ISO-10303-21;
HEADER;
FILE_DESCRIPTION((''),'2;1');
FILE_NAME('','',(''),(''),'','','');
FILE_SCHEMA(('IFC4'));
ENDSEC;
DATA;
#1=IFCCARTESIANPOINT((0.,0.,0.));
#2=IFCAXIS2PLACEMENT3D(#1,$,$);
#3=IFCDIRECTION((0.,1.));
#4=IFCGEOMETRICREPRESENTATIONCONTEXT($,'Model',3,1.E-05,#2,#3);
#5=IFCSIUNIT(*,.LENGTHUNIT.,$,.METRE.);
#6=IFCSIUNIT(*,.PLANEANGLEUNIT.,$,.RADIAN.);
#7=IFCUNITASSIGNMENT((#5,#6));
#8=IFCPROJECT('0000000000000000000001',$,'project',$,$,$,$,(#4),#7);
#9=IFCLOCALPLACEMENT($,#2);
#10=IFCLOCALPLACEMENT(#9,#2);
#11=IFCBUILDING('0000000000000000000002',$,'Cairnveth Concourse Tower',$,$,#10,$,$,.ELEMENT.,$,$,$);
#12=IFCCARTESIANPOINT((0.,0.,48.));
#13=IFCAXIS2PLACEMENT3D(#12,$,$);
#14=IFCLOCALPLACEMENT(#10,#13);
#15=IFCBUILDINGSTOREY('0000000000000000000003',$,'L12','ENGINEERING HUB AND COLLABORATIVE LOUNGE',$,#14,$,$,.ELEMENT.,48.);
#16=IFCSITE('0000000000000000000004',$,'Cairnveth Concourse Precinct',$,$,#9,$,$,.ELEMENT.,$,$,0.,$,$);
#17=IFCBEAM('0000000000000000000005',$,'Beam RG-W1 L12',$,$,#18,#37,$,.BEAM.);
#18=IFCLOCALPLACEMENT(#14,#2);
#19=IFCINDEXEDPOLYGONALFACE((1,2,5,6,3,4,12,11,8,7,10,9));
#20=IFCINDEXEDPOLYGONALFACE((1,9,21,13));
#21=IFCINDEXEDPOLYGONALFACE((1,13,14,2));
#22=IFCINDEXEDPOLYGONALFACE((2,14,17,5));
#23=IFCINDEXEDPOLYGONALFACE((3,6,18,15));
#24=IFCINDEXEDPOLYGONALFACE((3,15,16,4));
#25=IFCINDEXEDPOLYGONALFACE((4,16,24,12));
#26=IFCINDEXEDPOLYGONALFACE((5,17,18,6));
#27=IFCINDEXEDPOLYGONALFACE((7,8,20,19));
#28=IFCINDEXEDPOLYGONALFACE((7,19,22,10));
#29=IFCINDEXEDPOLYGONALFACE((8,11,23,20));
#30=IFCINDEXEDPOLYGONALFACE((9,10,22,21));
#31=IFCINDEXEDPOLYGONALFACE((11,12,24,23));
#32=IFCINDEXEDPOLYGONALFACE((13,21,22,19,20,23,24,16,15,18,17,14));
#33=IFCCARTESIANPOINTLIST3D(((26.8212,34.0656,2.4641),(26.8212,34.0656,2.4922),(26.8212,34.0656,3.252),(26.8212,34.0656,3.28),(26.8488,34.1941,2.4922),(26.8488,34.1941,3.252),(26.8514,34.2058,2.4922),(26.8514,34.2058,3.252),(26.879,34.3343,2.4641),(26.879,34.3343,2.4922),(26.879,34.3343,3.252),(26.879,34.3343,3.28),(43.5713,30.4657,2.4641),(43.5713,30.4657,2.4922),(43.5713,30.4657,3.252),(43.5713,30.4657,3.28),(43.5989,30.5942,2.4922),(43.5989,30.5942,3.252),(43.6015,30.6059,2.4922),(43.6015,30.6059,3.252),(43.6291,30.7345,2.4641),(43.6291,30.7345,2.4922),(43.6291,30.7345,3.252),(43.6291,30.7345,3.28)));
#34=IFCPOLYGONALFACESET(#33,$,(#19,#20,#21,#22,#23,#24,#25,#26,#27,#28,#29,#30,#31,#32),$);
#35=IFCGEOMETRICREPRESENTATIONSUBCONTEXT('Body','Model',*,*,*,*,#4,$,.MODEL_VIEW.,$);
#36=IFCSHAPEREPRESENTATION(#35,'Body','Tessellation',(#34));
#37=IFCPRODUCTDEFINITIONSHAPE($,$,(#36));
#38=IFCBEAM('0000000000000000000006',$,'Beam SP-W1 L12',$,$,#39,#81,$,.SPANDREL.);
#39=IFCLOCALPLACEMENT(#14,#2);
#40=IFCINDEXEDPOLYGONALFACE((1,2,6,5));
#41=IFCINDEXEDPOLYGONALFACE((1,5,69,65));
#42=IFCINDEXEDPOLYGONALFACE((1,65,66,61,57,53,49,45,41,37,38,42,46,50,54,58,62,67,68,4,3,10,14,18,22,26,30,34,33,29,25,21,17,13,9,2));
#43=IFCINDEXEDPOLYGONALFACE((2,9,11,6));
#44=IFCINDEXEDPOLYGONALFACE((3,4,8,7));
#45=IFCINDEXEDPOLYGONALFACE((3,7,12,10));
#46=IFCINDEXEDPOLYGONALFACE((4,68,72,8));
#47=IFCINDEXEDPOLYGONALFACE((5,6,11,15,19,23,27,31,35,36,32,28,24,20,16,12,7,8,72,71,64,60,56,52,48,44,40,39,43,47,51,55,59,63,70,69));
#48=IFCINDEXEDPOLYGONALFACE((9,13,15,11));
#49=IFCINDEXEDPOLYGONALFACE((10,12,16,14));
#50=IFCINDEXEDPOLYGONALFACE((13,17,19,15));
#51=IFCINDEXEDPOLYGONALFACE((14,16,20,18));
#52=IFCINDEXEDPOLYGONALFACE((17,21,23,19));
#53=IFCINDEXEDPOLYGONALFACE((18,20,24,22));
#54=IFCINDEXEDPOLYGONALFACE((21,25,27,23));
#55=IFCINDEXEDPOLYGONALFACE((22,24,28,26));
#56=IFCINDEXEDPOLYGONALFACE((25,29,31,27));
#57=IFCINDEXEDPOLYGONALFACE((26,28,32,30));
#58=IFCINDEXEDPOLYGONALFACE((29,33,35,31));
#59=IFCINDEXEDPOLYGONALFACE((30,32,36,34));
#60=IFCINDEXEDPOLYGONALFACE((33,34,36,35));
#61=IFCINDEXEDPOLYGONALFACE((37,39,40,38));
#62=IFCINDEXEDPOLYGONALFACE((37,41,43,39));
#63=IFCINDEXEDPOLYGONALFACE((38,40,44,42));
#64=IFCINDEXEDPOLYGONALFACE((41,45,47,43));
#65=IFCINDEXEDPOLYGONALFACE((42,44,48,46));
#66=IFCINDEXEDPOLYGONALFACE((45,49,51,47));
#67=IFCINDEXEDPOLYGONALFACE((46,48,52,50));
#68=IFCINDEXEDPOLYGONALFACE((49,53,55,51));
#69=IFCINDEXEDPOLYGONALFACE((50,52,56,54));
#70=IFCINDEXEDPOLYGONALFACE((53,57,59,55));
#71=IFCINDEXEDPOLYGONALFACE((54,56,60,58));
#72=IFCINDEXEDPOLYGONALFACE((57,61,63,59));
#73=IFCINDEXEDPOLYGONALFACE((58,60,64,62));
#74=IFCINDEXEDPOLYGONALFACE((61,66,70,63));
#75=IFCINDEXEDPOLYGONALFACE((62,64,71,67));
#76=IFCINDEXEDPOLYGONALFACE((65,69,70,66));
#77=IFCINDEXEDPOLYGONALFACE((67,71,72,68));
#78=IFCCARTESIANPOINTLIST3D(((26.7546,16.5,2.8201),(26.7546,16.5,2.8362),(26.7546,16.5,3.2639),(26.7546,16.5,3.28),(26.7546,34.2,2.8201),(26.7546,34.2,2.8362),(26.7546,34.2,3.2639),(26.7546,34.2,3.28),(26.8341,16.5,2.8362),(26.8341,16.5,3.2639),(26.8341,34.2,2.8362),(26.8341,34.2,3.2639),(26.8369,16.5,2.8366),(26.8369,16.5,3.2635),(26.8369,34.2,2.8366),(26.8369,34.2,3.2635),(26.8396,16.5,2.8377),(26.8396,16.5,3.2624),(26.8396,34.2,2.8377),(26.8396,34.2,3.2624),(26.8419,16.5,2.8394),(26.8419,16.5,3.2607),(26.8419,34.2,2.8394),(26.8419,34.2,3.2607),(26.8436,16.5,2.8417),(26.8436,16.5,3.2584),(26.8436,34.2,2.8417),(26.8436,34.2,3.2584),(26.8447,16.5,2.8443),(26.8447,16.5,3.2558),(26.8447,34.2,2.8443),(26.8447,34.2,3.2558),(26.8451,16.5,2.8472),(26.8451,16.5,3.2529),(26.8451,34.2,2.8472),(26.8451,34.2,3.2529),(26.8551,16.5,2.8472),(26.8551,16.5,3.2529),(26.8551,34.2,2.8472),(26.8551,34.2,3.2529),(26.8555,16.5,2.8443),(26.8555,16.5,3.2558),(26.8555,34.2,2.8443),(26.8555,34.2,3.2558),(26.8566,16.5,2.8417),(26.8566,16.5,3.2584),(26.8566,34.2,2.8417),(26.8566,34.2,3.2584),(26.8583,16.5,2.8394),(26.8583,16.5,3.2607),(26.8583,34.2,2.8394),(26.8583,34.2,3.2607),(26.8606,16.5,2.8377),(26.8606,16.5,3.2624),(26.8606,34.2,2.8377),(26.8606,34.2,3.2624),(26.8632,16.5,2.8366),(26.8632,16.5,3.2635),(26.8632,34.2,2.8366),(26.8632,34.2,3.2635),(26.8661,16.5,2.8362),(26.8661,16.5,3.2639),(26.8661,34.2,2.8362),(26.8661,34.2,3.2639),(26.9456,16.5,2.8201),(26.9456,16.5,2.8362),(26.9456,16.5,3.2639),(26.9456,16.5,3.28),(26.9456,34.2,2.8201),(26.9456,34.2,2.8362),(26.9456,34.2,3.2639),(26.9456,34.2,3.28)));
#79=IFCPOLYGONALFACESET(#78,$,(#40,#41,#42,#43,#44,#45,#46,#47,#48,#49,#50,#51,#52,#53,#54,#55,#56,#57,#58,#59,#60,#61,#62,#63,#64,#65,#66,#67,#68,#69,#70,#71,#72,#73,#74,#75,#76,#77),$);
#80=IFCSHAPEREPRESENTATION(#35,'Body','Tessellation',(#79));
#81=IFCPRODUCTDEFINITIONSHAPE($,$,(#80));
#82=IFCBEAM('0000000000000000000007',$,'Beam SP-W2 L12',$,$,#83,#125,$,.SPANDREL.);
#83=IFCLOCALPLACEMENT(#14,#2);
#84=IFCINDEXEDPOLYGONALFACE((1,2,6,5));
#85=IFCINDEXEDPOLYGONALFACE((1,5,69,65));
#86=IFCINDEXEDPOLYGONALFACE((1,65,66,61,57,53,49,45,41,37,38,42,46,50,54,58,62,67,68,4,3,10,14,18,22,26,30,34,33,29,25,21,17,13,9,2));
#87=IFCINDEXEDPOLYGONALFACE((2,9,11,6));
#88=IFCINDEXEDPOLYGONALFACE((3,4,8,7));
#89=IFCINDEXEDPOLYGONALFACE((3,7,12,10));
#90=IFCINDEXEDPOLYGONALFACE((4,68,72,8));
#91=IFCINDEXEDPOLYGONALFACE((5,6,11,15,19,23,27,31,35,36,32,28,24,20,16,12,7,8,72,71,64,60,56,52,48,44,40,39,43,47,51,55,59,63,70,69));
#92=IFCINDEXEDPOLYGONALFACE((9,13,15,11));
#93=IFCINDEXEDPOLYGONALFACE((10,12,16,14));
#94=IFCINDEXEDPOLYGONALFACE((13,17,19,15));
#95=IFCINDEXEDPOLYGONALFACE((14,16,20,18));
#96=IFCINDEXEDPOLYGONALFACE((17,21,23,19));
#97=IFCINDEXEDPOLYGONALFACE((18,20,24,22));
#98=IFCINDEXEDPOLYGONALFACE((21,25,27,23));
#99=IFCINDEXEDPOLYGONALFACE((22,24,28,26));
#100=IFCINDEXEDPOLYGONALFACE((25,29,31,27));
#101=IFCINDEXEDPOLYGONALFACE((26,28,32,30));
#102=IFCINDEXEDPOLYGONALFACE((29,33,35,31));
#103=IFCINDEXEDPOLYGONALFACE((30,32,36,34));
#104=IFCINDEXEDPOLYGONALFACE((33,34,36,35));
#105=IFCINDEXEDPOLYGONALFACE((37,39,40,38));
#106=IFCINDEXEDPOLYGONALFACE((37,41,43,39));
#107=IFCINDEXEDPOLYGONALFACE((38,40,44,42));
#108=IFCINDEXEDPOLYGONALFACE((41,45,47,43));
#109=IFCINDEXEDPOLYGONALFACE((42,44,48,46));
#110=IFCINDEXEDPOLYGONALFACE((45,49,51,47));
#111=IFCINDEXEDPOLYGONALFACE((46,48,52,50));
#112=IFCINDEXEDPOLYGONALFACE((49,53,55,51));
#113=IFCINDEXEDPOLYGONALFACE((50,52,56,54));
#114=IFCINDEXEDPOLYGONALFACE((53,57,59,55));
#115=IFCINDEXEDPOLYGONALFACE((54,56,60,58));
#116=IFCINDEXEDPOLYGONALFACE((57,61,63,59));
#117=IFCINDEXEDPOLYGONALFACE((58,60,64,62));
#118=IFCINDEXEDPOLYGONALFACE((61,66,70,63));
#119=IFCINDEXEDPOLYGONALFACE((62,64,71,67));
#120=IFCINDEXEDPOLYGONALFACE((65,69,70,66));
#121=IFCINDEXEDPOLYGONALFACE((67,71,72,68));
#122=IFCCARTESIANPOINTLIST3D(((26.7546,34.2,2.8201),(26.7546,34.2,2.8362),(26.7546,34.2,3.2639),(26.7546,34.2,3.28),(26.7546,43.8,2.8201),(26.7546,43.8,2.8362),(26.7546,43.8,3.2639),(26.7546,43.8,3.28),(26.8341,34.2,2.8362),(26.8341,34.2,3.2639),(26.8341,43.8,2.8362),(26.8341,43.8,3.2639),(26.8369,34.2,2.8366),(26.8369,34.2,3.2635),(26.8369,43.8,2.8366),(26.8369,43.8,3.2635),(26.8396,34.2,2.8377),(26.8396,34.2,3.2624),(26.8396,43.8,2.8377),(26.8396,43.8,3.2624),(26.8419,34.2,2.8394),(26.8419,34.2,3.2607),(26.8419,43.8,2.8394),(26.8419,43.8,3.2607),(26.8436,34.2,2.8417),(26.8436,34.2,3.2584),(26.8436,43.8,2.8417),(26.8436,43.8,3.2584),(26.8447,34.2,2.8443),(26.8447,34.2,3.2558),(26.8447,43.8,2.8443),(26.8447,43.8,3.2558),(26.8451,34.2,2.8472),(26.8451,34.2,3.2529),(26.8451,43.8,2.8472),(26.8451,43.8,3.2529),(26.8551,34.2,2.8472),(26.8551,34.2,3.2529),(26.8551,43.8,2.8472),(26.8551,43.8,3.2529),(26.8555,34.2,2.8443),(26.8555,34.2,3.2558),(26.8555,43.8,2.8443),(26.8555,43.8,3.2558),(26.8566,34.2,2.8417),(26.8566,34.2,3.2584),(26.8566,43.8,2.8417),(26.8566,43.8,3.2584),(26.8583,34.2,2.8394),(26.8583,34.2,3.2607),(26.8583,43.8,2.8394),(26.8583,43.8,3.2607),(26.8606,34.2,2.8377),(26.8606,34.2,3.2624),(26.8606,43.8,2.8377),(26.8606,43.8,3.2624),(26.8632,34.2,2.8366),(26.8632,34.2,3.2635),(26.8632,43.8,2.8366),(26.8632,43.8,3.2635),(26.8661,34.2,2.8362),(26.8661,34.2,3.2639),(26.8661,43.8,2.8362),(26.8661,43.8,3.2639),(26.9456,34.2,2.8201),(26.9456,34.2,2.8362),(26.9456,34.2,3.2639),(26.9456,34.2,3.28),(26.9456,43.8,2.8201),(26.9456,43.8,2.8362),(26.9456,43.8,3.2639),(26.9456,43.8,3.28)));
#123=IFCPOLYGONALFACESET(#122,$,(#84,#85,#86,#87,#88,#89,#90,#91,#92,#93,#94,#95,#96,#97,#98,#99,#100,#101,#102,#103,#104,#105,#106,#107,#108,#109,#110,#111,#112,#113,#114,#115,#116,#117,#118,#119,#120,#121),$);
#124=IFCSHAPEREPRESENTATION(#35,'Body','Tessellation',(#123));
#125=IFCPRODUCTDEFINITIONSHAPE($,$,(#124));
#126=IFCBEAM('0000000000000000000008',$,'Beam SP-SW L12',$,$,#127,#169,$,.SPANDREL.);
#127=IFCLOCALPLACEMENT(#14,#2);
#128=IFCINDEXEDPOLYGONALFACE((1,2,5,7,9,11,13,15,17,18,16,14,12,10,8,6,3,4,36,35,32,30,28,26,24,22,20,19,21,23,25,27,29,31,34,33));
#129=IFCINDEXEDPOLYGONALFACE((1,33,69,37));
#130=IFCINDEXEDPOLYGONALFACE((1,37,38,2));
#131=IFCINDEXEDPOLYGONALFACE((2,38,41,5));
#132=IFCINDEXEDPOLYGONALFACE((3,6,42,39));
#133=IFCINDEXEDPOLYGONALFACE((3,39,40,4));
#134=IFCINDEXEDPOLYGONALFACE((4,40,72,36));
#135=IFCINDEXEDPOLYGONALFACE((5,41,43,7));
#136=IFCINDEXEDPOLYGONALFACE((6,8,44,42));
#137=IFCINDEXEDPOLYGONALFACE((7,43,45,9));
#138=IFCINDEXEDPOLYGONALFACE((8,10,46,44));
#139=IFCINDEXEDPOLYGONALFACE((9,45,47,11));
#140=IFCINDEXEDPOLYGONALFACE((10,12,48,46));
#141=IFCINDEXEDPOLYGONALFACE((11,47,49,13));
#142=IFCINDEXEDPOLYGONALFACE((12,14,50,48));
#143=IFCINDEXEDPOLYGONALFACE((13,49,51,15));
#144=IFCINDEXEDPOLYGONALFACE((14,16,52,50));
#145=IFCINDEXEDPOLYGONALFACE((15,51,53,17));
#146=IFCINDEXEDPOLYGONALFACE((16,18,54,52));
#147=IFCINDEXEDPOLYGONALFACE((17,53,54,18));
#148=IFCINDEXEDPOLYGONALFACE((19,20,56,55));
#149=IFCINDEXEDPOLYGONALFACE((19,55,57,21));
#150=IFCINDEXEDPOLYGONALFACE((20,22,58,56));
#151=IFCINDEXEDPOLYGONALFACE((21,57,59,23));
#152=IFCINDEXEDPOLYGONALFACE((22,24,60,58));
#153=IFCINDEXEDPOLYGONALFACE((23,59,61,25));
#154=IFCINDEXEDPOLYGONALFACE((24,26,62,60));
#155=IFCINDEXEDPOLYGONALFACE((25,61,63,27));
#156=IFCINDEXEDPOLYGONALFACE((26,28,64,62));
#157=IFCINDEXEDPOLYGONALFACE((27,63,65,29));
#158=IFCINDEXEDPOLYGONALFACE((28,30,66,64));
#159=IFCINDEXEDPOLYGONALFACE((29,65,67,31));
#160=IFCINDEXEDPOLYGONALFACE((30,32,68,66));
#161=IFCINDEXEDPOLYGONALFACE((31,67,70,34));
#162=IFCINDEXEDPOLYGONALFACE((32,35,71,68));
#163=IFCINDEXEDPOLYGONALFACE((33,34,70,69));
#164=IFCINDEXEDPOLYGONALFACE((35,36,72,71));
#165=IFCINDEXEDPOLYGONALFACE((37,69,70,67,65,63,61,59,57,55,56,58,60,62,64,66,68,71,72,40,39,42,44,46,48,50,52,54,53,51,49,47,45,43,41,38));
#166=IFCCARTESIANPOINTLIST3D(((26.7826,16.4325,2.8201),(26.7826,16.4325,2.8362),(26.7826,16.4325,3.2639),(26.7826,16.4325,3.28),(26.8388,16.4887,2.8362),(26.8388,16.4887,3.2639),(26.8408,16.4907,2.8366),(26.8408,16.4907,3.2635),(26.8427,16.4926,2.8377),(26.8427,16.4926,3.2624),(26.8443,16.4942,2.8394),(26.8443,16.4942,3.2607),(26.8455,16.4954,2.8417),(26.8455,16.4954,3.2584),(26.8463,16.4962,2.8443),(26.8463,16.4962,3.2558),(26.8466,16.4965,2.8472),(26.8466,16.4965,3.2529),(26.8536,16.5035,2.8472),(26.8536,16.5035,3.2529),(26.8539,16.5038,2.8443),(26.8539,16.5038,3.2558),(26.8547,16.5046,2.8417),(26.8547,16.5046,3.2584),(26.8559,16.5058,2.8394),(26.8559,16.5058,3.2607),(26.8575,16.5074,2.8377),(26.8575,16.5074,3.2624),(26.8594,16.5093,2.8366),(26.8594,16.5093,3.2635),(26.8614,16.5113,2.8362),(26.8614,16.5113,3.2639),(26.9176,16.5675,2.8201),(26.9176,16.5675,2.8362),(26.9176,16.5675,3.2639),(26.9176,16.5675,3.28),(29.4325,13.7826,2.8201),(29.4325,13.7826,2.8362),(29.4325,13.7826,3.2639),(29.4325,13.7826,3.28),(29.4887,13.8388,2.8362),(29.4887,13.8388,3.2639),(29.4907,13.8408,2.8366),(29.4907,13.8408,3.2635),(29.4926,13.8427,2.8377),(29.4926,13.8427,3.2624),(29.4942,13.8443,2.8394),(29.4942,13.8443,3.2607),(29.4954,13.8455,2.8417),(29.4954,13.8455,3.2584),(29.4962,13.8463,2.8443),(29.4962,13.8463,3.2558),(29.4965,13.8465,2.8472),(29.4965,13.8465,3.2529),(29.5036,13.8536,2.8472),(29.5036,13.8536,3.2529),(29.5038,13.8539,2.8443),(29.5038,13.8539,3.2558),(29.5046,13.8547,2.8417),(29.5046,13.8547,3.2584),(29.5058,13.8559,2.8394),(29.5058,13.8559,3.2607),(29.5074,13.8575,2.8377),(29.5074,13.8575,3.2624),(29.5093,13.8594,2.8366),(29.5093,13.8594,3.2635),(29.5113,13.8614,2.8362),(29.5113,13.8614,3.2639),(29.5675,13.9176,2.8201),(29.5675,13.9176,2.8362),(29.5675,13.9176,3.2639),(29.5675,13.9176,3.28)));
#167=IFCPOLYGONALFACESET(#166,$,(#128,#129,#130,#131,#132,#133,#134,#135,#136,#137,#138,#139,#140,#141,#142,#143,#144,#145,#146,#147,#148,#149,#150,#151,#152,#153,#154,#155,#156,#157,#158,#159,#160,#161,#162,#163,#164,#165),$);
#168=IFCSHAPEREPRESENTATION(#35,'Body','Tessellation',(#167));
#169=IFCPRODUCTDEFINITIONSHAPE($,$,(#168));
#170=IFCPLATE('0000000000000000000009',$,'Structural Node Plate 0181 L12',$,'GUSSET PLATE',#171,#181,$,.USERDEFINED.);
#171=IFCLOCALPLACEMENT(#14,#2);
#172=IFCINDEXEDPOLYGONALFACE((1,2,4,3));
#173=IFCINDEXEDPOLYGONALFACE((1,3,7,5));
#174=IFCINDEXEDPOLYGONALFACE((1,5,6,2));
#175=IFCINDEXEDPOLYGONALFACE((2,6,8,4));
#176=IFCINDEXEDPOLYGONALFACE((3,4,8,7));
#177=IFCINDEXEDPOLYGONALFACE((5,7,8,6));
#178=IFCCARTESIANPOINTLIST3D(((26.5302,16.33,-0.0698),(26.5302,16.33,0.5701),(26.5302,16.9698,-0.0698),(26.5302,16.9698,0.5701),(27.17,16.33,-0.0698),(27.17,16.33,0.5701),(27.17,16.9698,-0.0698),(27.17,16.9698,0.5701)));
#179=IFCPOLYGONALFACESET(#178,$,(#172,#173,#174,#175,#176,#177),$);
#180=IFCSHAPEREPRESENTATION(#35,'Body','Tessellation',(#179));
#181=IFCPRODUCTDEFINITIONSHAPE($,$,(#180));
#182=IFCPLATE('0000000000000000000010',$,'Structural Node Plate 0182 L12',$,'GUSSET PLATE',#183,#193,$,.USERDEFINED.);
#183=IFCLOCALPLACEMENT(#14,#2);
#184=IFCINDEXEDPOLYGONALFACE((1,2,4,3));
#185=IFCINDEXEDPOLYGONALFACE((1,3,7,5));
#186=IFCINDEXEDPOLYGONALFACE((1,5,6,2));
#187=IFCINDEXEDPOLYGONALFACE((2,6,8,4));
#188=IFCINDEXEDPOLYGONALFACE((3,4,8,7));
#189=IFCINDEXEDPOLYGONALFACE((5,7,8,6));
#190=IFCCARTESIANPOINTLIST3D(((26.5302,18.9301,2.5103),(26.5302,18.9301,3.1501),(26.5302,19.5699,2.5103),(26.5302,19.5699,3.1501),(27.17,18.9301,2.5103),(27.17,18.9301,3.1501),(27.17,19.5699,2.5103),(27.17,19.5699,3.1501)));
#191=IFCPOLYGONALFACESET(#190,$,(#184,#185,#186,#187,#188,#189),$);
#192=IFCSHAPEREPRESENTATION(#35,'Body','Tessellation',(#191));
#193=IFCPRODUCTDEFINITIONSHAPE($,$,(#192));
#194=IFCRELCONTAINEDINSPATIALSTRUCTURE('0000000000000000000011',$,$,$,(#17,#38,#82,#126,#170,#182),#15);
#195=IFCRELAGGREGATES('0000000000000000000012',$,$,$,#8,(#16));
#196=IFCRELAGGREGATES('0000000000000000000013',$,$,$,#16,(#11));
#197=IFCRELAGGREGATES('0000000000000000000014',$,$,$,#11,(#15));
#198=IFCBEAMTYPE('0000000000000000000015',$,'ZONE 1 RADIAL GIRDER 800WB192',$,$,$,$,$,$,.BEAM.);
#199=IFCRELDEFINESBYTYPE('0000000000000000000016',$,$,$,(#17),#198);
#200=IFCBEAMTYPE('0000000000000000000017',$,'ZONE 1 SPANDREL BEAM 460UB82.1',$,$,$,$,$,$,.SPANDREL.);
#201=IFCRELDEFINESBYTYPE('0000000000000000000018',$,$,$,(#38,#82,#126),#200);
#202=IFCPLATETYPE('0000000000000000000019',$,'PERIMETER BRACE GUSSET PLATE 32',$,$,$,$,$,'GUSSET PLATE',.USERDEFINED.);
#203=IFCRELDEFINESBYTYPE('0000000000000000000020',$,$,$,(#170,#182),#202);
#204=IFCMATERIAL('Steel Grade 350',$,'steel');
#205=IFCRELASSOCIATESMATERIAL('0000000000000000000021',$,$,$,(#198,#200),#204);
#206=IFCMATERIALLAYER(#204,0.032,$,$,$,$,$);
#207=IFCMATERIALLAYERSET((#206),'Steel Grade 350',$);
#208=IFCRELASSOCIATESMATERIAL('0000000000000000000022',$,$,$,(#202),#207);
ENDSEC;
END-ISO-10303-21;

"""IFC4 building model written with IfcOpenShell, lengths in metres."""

from ifc_helpers import new_model, si_unit, direction, frame, origin, origin_2d, place, context, subcontext, project, spatial, rectangle, i_section, extrude, material, layer, layer_set, material_profile, profile_set, type_object, element, save


model = new_model("IFC4")

# Units and contexts
model_context = context("Model", 3, precision=1e-05, world=origin(), true_north=direction((0.0, 1.0)))
body_context = subcontext(model_context, "Body", "Model", "MODEL_VIEW")
ifc_project = project(units=[si_unit("LENGTHUNIT", "METRE"), si_unit("PLANEANGLEUNIT", "RADIAN")], contexts=[model_context])

# Site, building, storey
site_placement = place(None, origin())
site = spatial("IfcSite", under=ifc_project, at=site_placement, Name="Cairnveth Concourse Precinct", CompositionType="ELEMENT", RefElevation=0.0)
building_placement = place(site_placement, origin())
building = spatial("IfcBuilding", under=site, at=building_placement, Name="Cairnveth Concourse Tower", CompositionType="ELEMENT")
storey_placement = place(building_placement, frame((0.0, 0.0, 48.0)))
storey = spatial("IfcBuildingStorey", under=building, at=storey_placement, Name="L12", Description="ENGINEERING HUB AND COLLABORATIVE LOUNGE", CompositionType="ELEMENT", Elevation=48.0)

# Shared definitions
ifc_material_1 = material(Name="Steel Grade 350", Category="steel")

# Beams
ifc_material_profile_1 = material_profile(ifc_material_1, i_section(OverallWidth=0.2749, OverallDepth=0.8159, WebThickness=0.012, FlangeThickness=0.0281, at=origin_2d()), Name="800WB192")
ifc_profile_set_1 = profile_set([ifc_material_profile_1], Name="Steel Grade 350")
beam_type_1 = type_object("IfcBeamType", Name="ZONE 1 RADIAL GIRDER 800WB192", PredefinedType="BEAM", material=ifc_profile_set_1)
beam_1_placement = place(storey_placement, frame((26.8501, 34.2, 2.8721), z_axis=(0.977676, -0.210119, 0.0), x_axis=(0.210119, 0.977676, 0.0)))
element("IfcBeam", 1, at=beam_1_placement, inside=storey, type_object=beam_type_1, Name="Beam RG-W1 L12", PredefinedType="BEAM", context=body_context, shape_type="SweptSolid", body=[
    extrude(i_section(OverallWidth=0.2749, OverallDepth=0.8159, WebThickness=0.012, FlangeThickness=0.0281, at=origin_2d()), origin(), (0.0, 0.0, 1.0), 17.1326),
])
ifc_material_profile_2 = material_profile(ifc_material_1, i_section(OverallWidth=0.1909, OverallDepth=0.46, WebThickness=0.01, FlangeThickness=0.0161, FilletRadius=0.011, at=origin_2d()), Name="460UB82.1")
ifc_profile_set_2 = profile_set([ifc_material_profile_2], Name="Steel Grade 350")
beam_type_2 = type_object("IfcBeamType", Name="ZONE 1 SPANDREL BEAM 460UB82.1", PredefinedType="SPANDREL", material=ifc_profile_set_2)
beam_2_placement = place(storey_placement, frame((26.8501, 16.5, 3.05), z_axis=(0.0, 1.0, 0.0), x_axis=(-1.0, 0.0, 0.0)))
element("IfcBeam", 2, at=beam_2_placement, inside=storey, type_object=beam_type_2, Name="Beam SP-W1 L12", PredefinedType="SPANDREL", context=body_context, shape_type="SweptSolid", body=[
    extrude(i_section(OverallWidth=0.1909, OverallDepth=0.46, WebThickness=0.01, FlangeThickness=0.0161, FilletRadius=0.011, at=origin_2d()), origin(), (0.0, 0.0, 1.0), 17.7),
])
beam_3_placement = place(storey_placement, frame((26.8501, 34.2, 3.05), z_axis=(0.0, 1.0, 0.0), x_axis=(-1.0, 0.0, 0.0)))
element("IfcBeam", 3, at=beam_3_placement, inside=storey, type_object=beam_type_2, Name="Beam SP-W2 L12", PredefinedType="SPANDREL", context=body_context, shape_type="SweptSolid", body=[
    extrude(i_section(OverallWidth=0.1909, OverallDepth=0.46, WebThickness=0.01, FlangeThickness=0.0161, FilletRadius=0.011, at=origin_2d()), origin(), (0.0, 0.0, 1.0), 9.6001),
])
beam_4_placement = place(storey_placement, frame((26.8501, 16.5, 3.05), z_axis=(0.707107, -0.707107, 0.0), x_axis=(0.707107, 0.707107, 0.0)))
element("IfcBeam", 4, at=beam_4_placement, inside=storey, type_object=beam_type_2, Name="Beam SP-SW L12", PredefinedType="SPANDREL", context=body_context, shape_type="SweptSolid", body=[
    extrude(i_section(OverallWidth=0.1909, OverallDepth=0.46, WebThickness=0.01, FlangeThickness=0.0161, FilletRadius=0.011, at=origin_2d()), origin(), (0.0, 0.0, 1.0), 3.7476),
])

# Plates
ifc_layer_1 = layer(ifc_material_1, 0.032)
ifc_layer_set_1 = layer_set([ifc_layer_1], Name="Steel Grade 350")
plate_type = type_object("IfcPlateType", Name="PERIMETER BRACE GUSSET PLATE 32", ElementType="GUSSET PLATE", PredefinedType="USERDEFINED", material=ifc_layer_set_1)
for number, where, z_axis, x_axis, name in (
    (5, (26.8501, 16.6499, -0.0698), (0.0, 0.0, 1.0), (1.0, 0.0, 0.0), "Structural Node Plate 0181 L12"),
    (6, (26.8501, 19.25, 2.5103), (0.0, 0.0, 1.0), (1.0, 0.0, 0.0), "Structural Node Plate 0182 L12"),
):
    element("IfcPlate", number, at=place(storey_placement, frame(where, z_axis=z_axis, x_axis=x_axis)), inside=storey, type_object=plate_type, Name=name, ObjectType="GUSSET PLATE", PredefinedType="USERDEFINED", context=body_context, shape_type="SweptSolid", body=[
        extrude(rectangle(XDim=0.6399, YDim=0.6399, at=origin_2d()), origin(), (0.0, 0.0, 1.0), 0.6399),
    ])

save(model, "model.ifc")
